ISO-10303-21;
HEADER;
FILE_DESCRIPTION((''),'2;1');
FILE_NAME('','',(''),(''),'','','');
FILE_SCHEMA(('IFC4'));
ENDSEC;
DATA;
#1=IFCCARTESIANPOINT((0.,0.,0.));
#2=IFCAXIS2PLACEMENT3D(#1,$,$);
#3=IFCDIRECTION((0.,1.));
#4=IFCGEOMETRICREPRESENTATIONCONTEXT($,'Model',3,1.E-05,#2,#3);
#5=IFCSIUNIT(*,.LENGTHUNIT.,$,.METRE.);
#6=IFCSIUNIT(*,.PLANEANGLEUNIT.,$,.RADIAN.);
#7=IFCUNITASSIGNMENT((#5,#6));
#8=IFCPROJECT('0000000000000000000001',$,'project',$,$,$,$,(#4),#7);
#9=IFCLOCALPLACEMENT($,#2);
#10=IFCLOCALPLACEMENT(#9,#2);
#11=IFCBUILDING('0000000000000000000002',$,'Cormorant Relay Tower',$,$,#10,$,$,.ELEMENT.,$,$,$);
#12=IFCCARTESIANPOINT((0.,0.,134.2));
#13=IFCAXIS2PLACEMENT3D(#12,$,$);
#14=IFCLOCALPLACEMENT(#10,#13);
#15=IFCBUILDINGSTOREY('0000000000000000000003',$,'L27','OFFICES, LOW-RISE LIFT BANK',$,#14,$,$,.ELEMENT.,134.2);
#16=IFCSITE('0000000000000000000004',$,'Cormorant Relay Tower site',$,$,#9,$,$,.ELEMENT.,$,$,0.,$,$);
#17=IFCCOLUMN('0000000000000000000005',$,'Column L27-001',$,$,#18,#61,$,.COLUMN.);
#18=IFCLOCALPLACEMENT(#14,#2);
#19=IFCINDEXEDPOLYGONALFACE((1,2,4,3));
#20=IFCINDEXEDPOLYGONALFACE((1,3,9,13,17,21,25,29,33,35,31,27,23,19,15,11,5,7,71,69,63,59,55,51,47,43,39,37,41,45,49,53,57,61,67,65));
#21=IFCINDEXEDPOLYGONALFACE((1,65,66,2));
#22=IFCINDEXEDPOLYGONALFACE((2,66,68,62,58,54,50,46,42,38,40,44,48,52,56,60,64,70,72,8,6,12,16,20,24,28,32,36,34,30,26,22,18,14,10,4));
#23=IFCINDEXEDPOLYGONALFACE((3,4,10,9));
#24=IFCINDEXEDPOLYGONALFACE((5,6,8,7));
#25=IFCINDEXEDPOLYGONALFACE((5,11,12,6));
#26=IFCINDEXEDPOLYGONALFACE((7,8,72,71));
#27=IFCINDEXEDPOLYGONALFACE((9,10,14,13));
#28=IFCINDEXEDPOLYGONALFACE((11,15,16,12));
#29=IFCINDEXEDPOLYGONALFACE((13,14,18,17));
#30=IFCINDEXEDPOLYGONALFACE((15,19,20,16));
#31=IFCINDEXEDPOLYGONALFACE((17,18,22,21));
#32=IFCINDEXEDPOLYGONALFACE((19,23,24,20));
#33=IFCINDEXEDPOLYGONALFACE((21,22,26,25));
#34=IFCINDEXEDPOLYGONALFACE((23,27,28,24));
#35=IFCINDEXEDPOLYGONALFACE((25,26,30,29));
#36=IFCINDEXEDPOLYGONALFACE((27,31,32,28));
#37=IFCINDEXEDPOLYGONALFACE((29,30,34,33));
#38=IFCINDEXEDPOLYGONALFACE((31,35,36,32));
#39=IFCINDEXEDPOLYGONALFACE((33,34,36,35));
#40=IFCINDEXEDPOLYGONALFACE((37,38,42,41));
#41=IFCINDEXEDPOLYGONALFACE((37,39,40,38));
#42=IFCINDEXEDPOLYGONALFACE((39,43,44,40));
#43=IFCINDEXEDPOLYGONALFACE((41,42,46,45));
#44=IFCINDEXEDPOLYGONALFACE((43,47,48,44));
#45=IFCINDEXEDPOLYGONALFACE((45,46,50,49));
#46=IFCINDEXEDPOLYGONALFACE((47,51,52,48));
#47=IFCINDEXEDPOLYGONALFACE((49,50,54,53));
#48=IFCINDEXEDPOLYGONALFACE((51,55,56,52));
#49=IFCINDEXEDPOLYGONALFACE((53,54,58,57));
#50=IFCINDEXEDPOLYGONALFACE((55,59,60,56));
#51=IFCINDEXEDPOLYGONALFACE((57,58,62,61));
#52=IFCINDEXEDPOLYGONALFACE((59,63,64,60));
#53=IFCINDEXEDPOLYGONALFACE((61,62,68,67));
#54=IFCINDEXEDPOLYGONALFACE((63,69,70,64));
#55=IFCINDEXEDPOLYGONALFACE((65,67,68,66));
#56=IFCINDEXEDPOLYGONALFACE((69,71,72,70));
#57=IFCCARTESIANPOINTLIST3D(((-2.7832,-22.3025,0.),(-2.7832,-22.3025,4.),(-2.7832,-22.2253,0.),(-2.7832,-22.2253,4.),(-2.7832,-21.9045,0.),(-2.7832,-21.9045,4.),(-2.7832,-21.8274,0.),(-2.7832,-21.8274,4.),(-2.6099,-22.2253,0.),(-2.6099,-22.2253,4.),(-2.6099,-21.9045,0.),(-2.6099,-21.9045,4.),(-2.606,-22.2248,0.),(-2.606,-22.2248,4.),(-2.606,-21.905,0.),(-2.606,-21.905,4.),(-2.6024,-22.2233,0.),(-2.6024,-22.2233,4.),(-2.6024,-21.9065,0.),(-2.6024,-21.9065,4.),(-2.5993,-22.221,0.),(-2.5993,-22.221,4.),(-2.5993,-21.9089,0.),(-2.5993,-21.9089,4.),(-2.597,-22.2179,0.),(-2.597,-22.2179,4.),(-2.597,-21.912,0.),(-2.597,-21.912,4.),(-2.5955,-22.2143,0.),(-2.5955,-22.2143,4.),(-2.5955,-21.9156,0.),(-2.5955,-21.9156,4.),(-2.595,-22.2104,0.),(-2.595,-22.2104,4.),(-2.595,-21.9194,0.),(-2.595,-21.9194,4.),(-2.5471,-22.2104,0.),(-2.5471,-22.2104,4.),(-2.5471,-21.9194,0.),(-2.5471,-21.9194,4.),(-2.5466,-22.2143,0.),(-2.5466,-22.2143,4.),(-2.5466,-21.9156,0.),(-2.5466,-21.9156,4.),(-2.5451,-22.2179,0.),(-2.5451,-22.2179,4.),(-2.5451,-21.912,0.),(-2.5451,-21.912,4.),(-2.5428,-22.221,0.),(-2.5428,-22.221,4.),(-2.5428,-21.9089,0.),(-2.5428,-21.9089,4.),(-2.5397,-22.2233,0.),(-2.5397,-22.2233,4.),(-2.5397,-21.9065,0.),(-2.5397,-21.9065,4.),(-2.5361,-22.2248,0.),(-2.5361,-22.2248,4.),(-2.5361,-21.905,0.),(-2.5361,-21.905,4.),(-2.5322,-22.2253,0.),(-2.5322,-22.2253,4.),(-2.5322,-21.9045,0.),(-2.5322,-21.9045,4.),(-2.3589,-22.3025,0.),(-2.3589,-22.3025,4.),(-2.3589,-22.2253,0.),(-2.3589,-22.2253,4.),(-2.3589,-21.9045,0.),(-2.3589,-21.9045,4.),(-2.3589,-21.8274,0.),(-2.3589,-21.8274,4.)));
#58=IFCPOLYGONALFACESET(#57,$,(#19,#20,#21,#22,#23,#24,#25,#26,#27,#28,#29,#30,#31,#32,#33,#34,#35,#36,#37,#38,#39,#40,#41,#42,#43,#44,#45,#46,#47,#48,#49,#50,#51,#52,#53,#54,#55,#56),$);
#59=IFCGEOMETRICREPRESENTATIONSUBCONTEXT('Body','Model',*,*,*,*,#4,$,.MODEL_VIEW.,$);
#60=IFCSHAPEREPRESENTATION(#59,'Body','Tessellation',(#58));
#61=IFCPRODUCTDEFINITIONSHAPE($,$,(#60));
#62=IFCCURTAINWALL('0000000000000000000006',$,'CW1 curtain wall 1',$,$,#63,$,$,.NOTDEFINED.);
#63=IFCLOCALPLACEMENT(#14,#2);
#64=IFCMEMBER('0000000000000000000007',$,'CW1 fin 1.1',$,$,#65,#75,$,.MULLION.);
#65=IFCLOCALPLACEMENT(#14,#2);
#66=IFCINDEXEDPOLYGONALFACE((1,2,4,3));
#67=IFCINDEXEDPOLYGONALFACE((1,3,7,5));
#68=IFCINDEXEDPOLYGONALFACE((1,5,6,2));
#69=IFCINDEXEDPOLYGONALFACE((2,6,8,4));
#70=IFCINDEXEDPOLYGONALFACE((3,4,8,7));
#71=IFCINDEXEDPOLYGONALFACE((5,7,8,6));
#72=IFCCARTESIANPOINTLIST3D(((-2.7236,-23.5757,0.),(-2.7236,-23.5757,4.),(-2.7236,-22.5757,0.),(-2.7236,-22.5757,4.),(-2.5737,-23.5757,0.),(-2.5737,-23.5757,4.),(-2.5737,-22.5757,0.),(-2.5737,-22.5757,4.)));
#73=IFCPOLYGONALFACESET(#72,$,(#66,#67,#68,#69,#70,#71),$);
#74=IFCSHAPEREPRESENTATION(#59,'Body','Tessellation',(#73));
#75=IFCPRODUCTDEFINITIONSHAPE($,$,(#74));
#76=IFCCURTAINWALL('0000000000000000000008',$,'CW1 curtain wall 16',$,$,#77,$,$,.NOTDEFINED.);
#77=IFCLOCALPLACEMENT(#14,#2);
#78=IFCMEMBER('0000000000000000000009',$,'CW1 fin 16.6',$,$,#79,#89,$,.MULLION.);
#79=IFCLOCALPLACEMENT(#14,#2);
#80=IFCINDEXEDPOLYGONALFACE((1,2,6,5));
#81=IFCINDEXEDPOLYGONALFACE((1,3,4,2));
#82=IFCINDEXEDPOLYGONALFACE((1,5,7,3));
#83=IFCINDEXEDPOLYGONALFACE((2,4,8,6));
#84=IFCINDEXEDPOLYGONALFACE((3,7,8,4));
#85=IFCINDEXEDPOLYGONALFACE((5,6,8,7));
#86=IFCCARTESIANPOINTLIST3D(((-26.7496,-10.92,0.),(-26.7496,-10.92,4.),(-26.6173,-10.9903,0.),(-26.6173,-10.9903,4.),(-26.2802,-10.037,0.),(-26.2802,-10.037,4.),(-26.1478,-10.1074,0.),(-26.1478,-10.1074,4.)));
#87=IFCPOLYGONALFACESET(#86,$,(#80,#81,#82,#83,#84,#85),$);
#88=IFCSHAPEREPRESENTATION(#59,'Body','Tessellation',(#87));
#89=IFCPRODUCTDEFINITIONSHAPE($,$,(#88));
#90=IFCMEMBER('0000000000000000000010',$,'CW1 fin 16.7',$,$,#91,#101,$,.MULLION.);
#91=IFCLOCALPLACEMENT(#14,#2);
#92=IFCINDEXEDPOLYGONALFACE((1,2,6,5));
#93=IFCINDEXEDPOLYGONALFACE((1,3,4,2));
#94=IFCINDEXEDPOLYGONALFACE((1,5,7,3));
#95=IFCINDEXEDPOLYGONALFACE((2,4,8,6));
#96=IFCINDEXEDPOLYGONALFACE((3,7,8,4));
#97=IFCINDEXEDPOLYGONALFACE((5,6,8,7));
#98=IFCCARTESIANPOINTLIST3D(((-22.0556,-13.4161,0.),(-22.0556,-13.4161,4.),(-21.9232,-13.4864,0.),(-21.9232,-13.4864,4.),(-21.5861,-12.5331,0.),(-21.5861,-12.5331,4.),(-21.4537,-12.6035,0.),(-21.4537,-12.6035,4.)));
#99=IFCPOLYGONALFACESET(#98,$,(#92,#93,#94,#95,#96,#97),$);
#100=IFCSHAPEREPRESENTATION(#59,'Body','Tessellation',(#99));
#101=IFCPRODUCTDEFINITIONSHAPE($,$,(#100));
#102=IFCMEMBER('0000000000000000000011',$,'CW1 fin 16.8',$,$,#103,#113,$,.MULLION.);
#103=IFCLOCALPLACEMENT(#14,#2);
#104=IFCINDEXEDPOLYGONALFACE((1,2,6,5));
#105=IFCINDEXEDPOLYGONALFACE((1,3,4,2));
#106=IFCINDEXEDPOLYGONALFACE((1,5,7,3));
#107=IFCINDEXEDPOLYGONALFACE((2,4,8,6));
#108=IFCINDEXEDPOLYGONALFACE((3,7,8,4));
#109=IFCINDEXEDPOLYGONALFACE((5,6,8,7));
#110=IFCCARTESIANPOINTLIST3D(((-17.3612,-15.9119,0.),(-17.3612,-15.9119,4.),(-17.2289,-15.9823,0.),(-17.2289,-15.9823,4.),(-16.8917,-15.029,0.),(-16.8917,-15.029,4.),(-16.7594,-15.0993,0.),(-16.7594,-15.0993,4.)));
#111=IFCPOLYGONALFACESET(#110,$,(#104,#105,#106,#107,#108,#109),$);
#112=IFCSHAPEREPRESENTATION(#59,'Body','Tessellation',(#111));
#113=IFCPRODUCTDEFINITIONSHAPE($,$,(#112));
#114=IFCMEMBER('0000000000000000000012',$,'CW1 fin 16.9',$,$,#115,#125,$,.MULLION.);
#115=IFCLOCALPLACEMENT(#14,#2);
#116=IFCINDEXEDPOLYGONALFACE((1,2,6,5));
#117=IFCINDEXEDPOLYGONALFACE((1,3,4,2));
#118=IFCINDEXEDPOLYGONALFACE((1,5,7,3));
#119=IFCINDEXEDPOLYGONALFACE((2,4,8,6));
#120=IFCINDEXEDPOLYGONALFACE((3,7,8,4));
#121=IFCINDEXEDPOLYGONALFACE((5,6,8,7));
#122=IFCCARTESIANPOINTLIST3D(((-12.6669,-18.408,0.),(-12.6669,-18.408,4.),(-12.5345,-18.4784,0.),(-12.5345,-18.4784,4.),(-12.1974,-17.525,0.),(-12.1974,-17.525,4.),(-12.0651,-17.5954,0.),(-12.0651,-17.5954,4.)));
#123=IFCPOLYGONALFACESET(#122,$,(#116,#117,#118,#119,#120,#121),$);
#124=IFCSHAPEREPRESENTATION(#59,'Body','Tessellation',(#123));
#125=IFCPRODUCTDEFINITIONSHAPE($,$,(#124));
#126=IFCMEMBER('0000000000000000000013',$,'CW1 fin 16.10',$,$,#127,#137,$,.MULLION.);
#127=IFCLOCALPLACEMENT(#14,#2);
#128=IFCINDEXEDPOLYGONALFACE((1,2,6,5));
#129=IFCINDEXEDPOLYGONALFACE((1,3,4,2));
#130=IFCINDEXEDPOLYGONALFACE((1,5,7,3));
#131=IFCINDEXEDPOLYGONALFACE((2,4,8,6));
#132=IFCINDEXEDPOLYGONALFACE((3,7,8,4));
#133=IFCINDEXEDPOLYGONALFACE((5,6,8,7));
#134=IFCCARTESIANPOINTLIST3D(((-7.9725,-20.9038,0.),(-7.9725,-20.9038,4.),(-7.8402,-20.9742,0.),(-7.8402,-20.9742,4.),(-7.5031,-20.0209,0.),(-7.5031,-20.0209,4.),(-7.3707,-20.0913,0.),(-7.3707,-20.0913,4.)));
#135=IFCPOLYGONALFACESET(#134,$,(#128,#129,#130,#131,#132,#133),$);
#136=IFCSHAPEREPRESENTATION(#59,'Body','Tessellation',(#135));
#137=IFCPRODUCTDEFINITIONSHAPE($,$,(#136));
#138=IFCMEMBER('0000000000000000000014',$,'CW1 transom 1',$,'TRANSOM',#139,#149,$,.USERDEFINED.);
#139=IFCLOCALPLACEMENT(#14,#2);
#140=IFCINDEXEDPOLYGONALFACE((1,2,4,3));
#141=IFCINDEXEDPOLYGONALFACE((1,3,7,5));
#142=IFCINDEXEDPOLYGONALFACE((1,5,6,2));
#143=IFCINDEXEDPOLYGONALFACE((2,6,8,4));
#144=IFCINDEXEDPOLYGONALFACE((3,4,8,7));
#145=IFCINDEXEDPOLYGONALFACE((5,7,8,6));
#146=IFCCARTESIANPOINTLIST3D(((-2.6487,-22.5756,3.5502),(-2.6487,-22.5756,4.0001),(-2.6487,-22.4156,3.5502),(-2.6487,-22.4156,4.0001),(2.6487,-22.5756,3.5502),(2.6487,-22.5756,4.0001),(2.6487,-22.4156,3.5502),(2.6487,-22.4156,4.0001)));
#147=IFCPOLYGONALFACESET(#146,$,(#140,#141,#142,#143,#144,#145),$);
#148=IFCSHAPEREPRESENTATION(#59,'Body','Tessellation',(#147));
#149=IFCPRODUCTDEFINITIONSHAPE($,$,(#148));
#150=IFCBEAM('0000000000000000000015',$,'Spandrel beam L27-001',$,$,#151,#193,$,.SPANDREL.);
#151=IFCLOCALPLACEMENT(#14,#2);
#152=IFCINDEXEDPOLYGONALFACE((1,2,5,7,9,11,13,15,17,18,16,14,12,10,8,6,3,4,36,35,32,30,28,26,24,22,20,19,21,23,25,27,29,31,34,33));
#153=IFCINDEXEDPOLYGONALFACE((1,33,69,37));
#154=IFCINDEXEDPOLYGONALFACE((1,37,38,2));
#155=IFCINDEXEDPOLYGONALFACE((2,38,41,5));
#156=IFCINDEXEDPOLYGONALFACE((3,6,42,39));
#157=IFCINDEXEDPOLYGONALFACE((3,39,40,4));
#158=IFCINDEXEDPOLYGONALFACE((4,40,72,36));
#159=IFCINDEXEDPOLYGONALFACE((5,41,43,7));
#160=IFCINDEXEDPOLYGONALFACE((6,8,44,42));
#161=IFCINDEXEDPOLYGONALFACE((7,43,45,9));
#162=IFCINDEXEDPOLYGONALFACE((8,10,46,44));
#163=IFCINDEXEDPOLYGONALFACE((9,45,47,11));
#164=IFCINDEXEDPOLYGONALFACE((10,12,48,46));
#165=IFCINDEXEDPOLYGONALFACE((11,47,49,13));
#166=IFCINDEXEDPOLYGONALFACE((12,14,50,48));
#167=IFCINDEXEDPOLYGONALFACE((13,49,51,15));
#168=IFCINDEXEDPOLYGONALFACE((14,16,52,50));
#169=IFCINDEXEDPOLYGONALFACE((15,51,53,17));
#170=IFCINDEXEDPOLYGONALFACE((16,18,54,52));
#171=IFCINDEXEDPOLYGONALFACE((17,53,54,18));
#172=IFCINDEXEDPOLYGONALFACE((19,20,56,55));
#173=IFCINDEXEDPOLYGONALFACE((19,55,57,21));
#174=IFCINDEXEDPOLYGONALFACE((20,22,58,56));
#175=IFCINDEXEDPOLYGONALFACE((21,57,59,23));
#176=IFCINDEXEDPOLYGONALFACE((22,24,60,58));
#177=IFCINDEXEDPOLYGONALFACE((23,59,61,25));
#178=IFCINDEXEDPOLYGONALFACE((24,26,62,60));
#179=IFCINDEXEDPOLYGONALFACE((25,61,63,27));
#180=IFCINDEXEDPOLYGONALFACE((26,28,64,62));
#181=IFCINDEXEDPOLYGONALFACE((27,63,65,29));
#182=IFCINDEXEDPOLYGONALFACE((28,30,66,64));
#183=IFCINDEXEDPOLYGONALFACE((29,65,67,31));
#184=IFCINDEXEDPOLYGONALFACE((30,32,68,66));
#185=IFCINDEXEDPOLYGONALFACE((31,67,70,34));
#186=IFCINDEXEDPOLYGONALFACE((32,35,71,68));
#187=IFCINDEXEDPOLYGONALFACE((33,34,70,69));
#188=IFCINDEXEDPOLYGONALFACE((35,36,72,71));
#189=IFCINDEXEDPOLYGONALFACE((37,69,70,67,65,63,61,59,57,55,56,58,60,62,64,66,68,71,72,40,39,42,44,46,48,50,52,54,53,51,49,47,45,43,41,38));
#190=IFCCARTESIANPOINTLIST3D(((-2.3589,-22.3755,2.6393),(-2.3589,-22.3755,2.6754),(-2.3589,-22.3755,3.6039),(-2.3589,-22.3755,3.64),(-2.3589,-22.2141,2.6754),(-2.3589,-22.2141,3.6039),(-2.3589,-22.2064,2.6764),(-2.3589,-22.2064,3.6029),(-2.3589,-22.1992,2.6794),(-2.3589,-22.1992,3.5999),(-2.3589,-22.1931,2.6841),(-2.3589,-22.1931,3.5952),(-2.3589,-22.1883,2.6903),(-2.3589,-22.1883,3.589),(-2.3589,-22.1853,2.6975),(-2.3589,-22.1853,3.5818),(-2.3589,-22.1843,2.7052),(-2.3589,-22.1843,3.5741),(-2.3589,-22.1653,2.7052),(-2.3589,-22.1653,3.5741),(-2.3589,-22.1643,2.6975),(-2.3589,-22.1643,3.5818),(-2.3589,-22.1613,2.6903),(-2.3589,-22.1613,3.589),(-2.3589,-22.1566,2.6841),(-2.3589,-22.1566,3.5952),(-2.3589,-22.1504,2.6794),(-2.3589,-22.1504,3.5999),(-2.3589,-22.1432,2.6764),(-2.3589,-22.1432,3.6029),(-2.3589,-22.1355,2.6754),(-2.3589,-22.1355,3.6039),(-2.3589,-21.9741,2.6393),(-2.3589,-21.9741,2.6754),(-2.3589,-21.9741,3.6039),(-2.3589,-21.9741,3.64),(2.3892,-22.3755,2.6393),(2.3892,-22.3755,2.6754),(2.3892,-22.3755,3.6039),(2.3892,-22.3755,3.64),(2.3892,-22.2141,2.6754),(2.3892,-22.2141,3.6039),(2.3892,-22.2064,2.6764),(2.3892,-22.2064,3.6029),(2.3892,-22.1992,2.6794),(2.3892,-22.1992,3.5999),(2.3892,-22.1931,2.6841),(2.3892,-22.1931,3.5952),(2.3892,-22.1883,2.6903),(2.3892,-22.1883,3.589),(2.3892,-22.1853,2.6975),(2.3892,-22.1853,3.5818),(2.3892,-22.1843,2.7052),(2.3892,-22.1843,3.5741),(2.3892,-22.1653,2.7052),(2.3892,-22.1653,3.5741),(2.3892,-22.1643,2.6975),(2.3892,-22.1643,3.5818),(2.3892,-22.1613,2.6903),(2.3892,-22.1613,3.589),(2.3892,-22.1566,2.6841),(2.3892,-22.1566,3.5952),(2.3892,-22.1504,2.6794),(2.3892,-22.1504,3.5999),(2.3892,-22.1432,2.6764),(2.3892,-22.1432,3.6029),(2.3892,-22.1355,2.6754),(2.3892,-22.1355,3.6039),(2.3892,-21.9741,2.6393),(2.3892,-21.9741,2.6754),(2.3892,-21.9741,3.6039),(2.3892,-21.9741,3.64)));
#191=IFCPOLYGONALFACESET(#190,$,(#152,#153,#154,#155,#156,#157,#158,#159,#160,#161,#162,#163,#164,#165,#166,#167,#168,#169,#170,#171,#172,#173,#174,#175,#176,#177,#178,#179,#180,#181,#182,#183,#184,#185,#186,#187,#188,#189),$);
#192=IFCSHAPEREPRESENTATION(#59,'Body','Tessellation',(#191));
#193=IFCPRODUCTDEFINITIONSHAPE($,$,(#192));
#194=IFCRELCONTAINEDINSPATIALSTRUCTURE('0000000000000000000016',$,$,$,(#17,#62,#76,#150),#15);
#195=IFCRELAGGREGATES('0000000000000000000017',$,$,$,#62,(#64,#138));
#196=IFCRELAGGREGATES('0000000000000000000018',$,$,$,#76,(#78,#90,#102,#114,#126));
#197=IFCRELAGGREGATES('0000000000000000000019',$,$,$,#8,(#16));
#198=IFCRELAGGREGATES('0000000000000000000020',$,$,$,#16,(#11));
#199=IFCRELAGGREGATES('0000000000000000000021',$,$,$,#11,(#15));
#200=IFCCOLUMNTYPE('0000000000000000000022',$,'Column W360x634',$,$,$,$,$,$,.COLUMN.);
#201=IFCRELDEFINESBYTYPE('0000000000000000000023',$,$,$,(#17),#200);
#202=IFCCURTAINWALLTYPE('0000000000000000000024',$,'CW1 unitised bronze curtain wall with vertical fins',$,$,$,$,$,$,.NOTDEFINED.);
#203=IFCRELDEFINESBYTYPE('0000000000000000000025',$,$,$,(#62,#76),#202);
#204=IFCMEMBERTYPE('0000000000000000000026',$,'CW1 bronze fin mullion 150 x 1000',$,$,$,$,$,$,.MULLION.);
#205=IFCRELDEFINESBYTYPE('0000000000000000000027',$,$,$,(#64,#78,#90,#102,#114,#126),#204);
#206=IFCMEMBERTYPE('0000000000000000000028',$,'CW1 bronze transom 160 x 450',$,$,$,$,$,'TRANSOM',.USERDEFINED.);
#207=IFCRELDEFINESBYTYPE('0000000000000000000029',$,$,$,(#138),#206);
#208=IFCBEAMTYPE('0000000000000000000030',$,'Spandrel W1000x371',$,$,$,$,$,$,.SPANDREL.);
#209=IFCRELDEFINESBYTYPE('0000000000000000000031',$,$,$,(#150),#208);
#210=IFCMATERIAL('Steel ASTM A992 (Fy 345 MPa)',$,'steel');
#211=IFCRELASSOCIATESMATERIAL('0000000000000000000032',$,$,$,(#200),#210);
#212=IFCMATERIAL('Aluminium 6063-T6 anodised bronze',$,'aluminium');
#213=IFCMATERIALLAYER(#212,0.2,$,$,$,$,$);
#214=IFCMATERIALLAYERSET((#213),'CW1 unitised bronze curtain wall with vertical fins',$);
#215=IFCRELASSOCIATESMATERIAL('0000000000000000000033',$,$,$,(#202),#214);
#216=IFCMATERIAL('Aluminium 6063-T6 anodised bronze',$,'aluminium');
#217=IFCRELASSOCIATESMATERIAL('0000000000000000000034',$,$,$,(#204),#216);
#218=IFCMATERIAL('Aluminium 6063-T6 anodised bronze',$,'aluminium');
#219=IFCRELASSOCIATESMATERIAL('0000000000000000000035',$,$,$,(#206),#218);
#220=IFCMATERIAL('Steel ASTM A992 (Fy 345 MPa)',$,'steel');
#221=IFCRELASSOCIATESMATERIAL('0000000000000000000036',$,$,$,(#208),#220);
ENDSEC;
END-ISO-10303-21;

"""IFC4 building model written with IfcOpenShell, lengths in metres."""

from ifc_helpers import new_model, si_unit, direction, frame, origin, origin_2d, place, context, subcontext, project, spatial, rectangle, i_section, extrude, material, layer, layer_set, material_profile, profile_set, type_object, element, aggregate, save


model = new_model("IFC4")

# Units and contexts
model_context = context("Model", 3, precision=1e-05, world=origin(), true_north=direction((0.0, 1.0)))
body_context = subcontext(model_context, "Body", "Model", "MODEL_VIEW")
ifc_project = project(units=[si_unit("LENGTHUNIT", "METRE"), si_unit("PLANEANGLEUNIT", "RADIAN")], contexts=[model_context])

# Site, building, storey
site_placement = place(None, origin())
site = spatial("IfcSite", under=ifc_project, at=site_placement, Name="Cormorant Relay Tower site", CompositionType="ELEMENT", RefElevation=0.0)
building_placement = place(site_placement, origin())
building = spatial("IfcBuilding", under=site, at=building_placement, Name="Cormorant Relay Tower", CompositionType="ELEMENT")
storey_placement = place(building_placement, frame((0.0, 0.0, 134.2)))
storey = spatial("IfcBuildingStorey", under=building, at=storey_placement, Name="L27", Description="OFFICES, LOW-RISE LIFT BANK", CompositionType="ELEMENT", Elevation=134.2)

# Column
ifc_material_1 = material(Name="Steel ASTM A992 (Fy 345 MPa)", Category="steel")
ifc_material_profile_1 = material_profile(ifc_material_1, i_section(OverallWidth=0.4243, OverallDepth=0.4751, WebThickness=0.0479, FlangeThickness=0.0771, FilletRadius=0.0149, at=origin_2d()), Name="W360x634")
ifc_profile_set_1 = profile_set([ifc_material_profile_1], Name="Steel ASTM A992 (Fy 345 MPa)")
column_type_1 = type_object("IfcColumnType", Name="Column W360x634", PredefinedType="COLUMN", material=ifc_profile_set_1)
column_1_placement = place(storey_placement, frame((-2.571, -22.0649, 0.0), z_axis=(0.0, 0.0, 1.0), x_axis=(1.0, 0.0, 0.0)))
element("IfcColumn", 1, at=column_1_placement, inside=storey, type_object=column_type_1, Name="Column L27-001", PredefinedType="COLUMN", context=body_context, shape_type="SweptSolid", body=[
    extrude(i_section(OverallWidth=0.4243, OverallDepth=0.4751, WebThickness=0.0479, FlangeThickness=0.0771, FilletRadius=0.0149, at=origin_2d()), origin(), (0.0, 0.0, 1.0), 4.0),
])

# Curtain wall, member
ifc_material_2 = material(Name="Aluminium 6063-T6 anodised bronze", Category="aluminium")
ifc_layer_1 = layer(ifc_material_2, 0.2)
ifc_layer_set_1 = layer_set([ifc_layer_1], Name="CW1 unitised bronze curtain wall with vertical fins")
curtain_wall_type = type_object("IfcCurtainWallType", Name="CW1 unitised bronze curtain wall with vertical fins", PredefinedType="NOTDEFINED", material=ifc_layer_set_1)
curtain_wall_1_placement = place(storey_placement, origin())
curtain_wall_1 = element("IfcCurtainWall", 2, at=curtain_wall_1_placement, inside=storey, type_object=curtain_wall_type, Name="CW1 curtain wall 1", PredefinedType="NOTDEFINED")
ifc_material_3 = material(Name="Aluminium 6063-T6 anodised bronze", Category="aluminium")
ifc_material_profile_2 = material_profile(ifc_material_3, rectangle(XDim=0.1499, YDim=1.0, at=origin_2d()), Name="AL 150x1000")
ifc_profile_set_2 = profile_set([ifc_material_profile_2], Name="Aluminium 6063-T6 anodised bronze")
member_type_1 = type_object("IfcMemberType", Name="CW1 bronze fin mullion 150 x 1000", PredefinedType="MULLION", material=ifc_profile_set_2)
member_1_placement = place(storey_placement, frame((-2.6487, -23.0757, 0.0), z_axis=(0.0, 0.0, 1.0), x_axis=(1.0, 0.0, 0.0)))
member_1 = element("IfcMember", 3, at=member_1_placement, type_object=member_type_1, Name="CW1 fin 1.1", PredefinedType="MULLION", context=body_context, shape_type="SweptSolid", body=[
    extrude(rectangle(XDim=0.1499, YDim=1.0, at=origin_2d()), origin(), (0.0, 0.0, 1.0), 4.0),
])

# Curtain wall, members
curtain_wall_2_placement = place(storey_placement, origin())
curtain_wall_2 = element("IfcCurtainWall", 4, at=curtain_wall_2_placement, inside=storey, type_object=curtain_wall_type, Name="CW1 curtain wall 16", PredefinedType="NOTDEFINED")
member_2_placement = place(storey_placement, frame((-26.4487, -10.5137, 0.0), z_axis=(0.0, 0.0, 1.0), x_axis=(0.882948, -0.469472, 0.0)))
member_2 = element("IfcMember", 5, at=member_2_placement, type_object=member_type_1, Name="CW1 fin 16.6", PredefinedType="MULLION", context=body_context, shape_type="SweptSolid", body=[
    extrude(rectangle(XDim=0.1499, YDim=1.0, at=origin_2d()), origin(), (0.0, 0.0, 1.0), 4.0),
])
member_3_placement = place(storey_placement, frame((-21.7546, -13.0098, 0.0), z_axis=(0.0, 0.0, 1.0), x_axis=(0.882948, -0.469472, 0.0)))
member_3 = element("IfcMember", 6, at=member_3_placement, type_object=member_type_1, Name="CW1 fin 16.7", PredefinedType="MULLION", context=body_context, shape_type="SweptSolid", body=[
    extrude(rectangle(XDim=0.1499, YDim=1.0, at=origin_2d()), origin(), (0.0, 0.0, 1.0), 4.0),
])
member_4_placement = place(storey_placement, frame((-17.0603, -15.5056, 0.0), z_axis=(0.0, 0.0, 1.0), x_axis=(0.882948, -0.469472, 0.0)))
member_4 = element("IfcMember", 7, at=member_4_placement, type_object=member_type_1, Name="CW1 fin 16.8", PredefinedType="MULLION", context=body_context, shape_type="SweptSolid", body=[
    extrude(rectangle(XDim=0.1499, YDim=1.0, at=origin_2d()), origin(), (0.0, 0.0, 1.0), 4.0),
])
member_5_placement = place(storey_placement, frame((-12.366, -18.0017, 0.0), z_axis=(0.0, 0.0, 1.0), x_axis=(0.882948, -0.469472, 0.0)))
member_5 = element("IfcMember", 8, at=member_5_placement, type_object=member_type_1, Name="CW1 fin 16.9", PredefinedType="MULLION", context=body_context, shape_type="SweptSolid", body=[
    extrude(rectangle(XDim=0.1499, YDim=1.0, at=origin_2d()), origin(), (0.0, 0.0, 1.0), 4.0),
])
member_6_placement = place(storey_placement, frame((-7.6716, -20.4976, 0.0), z_axis=(0.0, 0.0, 1.0), x_axis=(0.882948, -0.469472, 0.0)))
member_6 = element("IfcMember", 9, at=member_6_placement, type_object=member_type_1, Name="CW1 fin 16.10", PredefinedType="MULLION", context=body_context, shape_type="SweptSolid", body=[
    extrude(rectangle(XDim=0.1499, YDim=1.0, at=origin_2d()), origin(), (0.0, 0.0, 1.0), 4.0),
])

# Member
ifc_material_4 = material(Name="Aluminium 6063-T6 anodised bronze", Category="aluminium")
ifc_material_profile_3 = material_profile(ifc_material_4, rectangle(XDim=0.1599, YDim=0.45, at=origin_2d()), Name="AL 160x450")
ifc_profile_set_3 = profile_set([ifc_material_profile_3], Name="Aluminium 6063-T6 anodised bronze")
member_type_2 = type_object("IfcMemberType", Name="CW1 bronze transom 160 x 450", ElementType="TRANSOM", PredefinedType="USERDEFINED", material=ifc_profile_set_3)
member_7_placement = place(storey_placement, frame((-2.6487, -22.4956, 3.7751), z_axis=(1.0, 0.0, 0.0), x_axis=(0.0, 1.0, 0.0)))
member_7 = element("IfcMember", 10, at=member_7_placement, type_object=member_type_2, Name="CW1 transom 1", ObjectType="TRANSOM", PredefinedType="USERDEFINED", context=body_context, shape_type="SweptSolid", body=[
    extrude(rectangle(XDim=0.1599, YDim=0.45, at=origin_2d()), origin(), (0.0, 0.0, 1.0), 5.2974),
])
aggregate(curtain_wall_1, [member_1, member_7])

# Beam
ifc_material_5 = material(Name="Steel ASTM A992 (Fy 345 MPa)", Category="steel")
ifc_material_profile_4 = material_profile(ifc_material_5, i_section(OverallWidth=0.4014, OverallDepth=1.0007, WebThickness=0.019, FlangeThickness=0.0361, FilletRadius=0.0298, at=origin_2d()), Name="W1000x371")
ifc_profile_set_4 = profile_set([ifc_material_profile_4], Name="Steel ASTM A992 (Fy 345 MPa)")
beam_type = type_object("IfcBeamType", Name="Spandrel W1000x371", PredefinedType="SPANDREL", material=ifc_profile_set_4)
beam_1_placement = place(storey_placement, frame((-2.3589, -22.1748, 3.1396), z_axis=(1.0, 0.0, 0.0), x_axis=(0.0, 1.0, 0.0)))
element("IfcBeam", 11, at=beam_1_placement, inside=storey, type_object=beam_type, Name="Spandrel beam L27-001", PredefinedType="SPANDREL", context=body_context, shape_type="SweptSolid", body=[
    extrude(i_section(OverallWidth=0.4014, OverallDepth=1.0007, WebThickness=0.019, FlangeThickness=0.0361, FilletRadius=0.0298, at=origin_2d()), origin(), (0.0, 0.0, 1.0), 4.748),
])

aggregate(curtain_wall_2, [member_2, member_3, member_4, member_5, member_6])

save(model, "model.ifc")
